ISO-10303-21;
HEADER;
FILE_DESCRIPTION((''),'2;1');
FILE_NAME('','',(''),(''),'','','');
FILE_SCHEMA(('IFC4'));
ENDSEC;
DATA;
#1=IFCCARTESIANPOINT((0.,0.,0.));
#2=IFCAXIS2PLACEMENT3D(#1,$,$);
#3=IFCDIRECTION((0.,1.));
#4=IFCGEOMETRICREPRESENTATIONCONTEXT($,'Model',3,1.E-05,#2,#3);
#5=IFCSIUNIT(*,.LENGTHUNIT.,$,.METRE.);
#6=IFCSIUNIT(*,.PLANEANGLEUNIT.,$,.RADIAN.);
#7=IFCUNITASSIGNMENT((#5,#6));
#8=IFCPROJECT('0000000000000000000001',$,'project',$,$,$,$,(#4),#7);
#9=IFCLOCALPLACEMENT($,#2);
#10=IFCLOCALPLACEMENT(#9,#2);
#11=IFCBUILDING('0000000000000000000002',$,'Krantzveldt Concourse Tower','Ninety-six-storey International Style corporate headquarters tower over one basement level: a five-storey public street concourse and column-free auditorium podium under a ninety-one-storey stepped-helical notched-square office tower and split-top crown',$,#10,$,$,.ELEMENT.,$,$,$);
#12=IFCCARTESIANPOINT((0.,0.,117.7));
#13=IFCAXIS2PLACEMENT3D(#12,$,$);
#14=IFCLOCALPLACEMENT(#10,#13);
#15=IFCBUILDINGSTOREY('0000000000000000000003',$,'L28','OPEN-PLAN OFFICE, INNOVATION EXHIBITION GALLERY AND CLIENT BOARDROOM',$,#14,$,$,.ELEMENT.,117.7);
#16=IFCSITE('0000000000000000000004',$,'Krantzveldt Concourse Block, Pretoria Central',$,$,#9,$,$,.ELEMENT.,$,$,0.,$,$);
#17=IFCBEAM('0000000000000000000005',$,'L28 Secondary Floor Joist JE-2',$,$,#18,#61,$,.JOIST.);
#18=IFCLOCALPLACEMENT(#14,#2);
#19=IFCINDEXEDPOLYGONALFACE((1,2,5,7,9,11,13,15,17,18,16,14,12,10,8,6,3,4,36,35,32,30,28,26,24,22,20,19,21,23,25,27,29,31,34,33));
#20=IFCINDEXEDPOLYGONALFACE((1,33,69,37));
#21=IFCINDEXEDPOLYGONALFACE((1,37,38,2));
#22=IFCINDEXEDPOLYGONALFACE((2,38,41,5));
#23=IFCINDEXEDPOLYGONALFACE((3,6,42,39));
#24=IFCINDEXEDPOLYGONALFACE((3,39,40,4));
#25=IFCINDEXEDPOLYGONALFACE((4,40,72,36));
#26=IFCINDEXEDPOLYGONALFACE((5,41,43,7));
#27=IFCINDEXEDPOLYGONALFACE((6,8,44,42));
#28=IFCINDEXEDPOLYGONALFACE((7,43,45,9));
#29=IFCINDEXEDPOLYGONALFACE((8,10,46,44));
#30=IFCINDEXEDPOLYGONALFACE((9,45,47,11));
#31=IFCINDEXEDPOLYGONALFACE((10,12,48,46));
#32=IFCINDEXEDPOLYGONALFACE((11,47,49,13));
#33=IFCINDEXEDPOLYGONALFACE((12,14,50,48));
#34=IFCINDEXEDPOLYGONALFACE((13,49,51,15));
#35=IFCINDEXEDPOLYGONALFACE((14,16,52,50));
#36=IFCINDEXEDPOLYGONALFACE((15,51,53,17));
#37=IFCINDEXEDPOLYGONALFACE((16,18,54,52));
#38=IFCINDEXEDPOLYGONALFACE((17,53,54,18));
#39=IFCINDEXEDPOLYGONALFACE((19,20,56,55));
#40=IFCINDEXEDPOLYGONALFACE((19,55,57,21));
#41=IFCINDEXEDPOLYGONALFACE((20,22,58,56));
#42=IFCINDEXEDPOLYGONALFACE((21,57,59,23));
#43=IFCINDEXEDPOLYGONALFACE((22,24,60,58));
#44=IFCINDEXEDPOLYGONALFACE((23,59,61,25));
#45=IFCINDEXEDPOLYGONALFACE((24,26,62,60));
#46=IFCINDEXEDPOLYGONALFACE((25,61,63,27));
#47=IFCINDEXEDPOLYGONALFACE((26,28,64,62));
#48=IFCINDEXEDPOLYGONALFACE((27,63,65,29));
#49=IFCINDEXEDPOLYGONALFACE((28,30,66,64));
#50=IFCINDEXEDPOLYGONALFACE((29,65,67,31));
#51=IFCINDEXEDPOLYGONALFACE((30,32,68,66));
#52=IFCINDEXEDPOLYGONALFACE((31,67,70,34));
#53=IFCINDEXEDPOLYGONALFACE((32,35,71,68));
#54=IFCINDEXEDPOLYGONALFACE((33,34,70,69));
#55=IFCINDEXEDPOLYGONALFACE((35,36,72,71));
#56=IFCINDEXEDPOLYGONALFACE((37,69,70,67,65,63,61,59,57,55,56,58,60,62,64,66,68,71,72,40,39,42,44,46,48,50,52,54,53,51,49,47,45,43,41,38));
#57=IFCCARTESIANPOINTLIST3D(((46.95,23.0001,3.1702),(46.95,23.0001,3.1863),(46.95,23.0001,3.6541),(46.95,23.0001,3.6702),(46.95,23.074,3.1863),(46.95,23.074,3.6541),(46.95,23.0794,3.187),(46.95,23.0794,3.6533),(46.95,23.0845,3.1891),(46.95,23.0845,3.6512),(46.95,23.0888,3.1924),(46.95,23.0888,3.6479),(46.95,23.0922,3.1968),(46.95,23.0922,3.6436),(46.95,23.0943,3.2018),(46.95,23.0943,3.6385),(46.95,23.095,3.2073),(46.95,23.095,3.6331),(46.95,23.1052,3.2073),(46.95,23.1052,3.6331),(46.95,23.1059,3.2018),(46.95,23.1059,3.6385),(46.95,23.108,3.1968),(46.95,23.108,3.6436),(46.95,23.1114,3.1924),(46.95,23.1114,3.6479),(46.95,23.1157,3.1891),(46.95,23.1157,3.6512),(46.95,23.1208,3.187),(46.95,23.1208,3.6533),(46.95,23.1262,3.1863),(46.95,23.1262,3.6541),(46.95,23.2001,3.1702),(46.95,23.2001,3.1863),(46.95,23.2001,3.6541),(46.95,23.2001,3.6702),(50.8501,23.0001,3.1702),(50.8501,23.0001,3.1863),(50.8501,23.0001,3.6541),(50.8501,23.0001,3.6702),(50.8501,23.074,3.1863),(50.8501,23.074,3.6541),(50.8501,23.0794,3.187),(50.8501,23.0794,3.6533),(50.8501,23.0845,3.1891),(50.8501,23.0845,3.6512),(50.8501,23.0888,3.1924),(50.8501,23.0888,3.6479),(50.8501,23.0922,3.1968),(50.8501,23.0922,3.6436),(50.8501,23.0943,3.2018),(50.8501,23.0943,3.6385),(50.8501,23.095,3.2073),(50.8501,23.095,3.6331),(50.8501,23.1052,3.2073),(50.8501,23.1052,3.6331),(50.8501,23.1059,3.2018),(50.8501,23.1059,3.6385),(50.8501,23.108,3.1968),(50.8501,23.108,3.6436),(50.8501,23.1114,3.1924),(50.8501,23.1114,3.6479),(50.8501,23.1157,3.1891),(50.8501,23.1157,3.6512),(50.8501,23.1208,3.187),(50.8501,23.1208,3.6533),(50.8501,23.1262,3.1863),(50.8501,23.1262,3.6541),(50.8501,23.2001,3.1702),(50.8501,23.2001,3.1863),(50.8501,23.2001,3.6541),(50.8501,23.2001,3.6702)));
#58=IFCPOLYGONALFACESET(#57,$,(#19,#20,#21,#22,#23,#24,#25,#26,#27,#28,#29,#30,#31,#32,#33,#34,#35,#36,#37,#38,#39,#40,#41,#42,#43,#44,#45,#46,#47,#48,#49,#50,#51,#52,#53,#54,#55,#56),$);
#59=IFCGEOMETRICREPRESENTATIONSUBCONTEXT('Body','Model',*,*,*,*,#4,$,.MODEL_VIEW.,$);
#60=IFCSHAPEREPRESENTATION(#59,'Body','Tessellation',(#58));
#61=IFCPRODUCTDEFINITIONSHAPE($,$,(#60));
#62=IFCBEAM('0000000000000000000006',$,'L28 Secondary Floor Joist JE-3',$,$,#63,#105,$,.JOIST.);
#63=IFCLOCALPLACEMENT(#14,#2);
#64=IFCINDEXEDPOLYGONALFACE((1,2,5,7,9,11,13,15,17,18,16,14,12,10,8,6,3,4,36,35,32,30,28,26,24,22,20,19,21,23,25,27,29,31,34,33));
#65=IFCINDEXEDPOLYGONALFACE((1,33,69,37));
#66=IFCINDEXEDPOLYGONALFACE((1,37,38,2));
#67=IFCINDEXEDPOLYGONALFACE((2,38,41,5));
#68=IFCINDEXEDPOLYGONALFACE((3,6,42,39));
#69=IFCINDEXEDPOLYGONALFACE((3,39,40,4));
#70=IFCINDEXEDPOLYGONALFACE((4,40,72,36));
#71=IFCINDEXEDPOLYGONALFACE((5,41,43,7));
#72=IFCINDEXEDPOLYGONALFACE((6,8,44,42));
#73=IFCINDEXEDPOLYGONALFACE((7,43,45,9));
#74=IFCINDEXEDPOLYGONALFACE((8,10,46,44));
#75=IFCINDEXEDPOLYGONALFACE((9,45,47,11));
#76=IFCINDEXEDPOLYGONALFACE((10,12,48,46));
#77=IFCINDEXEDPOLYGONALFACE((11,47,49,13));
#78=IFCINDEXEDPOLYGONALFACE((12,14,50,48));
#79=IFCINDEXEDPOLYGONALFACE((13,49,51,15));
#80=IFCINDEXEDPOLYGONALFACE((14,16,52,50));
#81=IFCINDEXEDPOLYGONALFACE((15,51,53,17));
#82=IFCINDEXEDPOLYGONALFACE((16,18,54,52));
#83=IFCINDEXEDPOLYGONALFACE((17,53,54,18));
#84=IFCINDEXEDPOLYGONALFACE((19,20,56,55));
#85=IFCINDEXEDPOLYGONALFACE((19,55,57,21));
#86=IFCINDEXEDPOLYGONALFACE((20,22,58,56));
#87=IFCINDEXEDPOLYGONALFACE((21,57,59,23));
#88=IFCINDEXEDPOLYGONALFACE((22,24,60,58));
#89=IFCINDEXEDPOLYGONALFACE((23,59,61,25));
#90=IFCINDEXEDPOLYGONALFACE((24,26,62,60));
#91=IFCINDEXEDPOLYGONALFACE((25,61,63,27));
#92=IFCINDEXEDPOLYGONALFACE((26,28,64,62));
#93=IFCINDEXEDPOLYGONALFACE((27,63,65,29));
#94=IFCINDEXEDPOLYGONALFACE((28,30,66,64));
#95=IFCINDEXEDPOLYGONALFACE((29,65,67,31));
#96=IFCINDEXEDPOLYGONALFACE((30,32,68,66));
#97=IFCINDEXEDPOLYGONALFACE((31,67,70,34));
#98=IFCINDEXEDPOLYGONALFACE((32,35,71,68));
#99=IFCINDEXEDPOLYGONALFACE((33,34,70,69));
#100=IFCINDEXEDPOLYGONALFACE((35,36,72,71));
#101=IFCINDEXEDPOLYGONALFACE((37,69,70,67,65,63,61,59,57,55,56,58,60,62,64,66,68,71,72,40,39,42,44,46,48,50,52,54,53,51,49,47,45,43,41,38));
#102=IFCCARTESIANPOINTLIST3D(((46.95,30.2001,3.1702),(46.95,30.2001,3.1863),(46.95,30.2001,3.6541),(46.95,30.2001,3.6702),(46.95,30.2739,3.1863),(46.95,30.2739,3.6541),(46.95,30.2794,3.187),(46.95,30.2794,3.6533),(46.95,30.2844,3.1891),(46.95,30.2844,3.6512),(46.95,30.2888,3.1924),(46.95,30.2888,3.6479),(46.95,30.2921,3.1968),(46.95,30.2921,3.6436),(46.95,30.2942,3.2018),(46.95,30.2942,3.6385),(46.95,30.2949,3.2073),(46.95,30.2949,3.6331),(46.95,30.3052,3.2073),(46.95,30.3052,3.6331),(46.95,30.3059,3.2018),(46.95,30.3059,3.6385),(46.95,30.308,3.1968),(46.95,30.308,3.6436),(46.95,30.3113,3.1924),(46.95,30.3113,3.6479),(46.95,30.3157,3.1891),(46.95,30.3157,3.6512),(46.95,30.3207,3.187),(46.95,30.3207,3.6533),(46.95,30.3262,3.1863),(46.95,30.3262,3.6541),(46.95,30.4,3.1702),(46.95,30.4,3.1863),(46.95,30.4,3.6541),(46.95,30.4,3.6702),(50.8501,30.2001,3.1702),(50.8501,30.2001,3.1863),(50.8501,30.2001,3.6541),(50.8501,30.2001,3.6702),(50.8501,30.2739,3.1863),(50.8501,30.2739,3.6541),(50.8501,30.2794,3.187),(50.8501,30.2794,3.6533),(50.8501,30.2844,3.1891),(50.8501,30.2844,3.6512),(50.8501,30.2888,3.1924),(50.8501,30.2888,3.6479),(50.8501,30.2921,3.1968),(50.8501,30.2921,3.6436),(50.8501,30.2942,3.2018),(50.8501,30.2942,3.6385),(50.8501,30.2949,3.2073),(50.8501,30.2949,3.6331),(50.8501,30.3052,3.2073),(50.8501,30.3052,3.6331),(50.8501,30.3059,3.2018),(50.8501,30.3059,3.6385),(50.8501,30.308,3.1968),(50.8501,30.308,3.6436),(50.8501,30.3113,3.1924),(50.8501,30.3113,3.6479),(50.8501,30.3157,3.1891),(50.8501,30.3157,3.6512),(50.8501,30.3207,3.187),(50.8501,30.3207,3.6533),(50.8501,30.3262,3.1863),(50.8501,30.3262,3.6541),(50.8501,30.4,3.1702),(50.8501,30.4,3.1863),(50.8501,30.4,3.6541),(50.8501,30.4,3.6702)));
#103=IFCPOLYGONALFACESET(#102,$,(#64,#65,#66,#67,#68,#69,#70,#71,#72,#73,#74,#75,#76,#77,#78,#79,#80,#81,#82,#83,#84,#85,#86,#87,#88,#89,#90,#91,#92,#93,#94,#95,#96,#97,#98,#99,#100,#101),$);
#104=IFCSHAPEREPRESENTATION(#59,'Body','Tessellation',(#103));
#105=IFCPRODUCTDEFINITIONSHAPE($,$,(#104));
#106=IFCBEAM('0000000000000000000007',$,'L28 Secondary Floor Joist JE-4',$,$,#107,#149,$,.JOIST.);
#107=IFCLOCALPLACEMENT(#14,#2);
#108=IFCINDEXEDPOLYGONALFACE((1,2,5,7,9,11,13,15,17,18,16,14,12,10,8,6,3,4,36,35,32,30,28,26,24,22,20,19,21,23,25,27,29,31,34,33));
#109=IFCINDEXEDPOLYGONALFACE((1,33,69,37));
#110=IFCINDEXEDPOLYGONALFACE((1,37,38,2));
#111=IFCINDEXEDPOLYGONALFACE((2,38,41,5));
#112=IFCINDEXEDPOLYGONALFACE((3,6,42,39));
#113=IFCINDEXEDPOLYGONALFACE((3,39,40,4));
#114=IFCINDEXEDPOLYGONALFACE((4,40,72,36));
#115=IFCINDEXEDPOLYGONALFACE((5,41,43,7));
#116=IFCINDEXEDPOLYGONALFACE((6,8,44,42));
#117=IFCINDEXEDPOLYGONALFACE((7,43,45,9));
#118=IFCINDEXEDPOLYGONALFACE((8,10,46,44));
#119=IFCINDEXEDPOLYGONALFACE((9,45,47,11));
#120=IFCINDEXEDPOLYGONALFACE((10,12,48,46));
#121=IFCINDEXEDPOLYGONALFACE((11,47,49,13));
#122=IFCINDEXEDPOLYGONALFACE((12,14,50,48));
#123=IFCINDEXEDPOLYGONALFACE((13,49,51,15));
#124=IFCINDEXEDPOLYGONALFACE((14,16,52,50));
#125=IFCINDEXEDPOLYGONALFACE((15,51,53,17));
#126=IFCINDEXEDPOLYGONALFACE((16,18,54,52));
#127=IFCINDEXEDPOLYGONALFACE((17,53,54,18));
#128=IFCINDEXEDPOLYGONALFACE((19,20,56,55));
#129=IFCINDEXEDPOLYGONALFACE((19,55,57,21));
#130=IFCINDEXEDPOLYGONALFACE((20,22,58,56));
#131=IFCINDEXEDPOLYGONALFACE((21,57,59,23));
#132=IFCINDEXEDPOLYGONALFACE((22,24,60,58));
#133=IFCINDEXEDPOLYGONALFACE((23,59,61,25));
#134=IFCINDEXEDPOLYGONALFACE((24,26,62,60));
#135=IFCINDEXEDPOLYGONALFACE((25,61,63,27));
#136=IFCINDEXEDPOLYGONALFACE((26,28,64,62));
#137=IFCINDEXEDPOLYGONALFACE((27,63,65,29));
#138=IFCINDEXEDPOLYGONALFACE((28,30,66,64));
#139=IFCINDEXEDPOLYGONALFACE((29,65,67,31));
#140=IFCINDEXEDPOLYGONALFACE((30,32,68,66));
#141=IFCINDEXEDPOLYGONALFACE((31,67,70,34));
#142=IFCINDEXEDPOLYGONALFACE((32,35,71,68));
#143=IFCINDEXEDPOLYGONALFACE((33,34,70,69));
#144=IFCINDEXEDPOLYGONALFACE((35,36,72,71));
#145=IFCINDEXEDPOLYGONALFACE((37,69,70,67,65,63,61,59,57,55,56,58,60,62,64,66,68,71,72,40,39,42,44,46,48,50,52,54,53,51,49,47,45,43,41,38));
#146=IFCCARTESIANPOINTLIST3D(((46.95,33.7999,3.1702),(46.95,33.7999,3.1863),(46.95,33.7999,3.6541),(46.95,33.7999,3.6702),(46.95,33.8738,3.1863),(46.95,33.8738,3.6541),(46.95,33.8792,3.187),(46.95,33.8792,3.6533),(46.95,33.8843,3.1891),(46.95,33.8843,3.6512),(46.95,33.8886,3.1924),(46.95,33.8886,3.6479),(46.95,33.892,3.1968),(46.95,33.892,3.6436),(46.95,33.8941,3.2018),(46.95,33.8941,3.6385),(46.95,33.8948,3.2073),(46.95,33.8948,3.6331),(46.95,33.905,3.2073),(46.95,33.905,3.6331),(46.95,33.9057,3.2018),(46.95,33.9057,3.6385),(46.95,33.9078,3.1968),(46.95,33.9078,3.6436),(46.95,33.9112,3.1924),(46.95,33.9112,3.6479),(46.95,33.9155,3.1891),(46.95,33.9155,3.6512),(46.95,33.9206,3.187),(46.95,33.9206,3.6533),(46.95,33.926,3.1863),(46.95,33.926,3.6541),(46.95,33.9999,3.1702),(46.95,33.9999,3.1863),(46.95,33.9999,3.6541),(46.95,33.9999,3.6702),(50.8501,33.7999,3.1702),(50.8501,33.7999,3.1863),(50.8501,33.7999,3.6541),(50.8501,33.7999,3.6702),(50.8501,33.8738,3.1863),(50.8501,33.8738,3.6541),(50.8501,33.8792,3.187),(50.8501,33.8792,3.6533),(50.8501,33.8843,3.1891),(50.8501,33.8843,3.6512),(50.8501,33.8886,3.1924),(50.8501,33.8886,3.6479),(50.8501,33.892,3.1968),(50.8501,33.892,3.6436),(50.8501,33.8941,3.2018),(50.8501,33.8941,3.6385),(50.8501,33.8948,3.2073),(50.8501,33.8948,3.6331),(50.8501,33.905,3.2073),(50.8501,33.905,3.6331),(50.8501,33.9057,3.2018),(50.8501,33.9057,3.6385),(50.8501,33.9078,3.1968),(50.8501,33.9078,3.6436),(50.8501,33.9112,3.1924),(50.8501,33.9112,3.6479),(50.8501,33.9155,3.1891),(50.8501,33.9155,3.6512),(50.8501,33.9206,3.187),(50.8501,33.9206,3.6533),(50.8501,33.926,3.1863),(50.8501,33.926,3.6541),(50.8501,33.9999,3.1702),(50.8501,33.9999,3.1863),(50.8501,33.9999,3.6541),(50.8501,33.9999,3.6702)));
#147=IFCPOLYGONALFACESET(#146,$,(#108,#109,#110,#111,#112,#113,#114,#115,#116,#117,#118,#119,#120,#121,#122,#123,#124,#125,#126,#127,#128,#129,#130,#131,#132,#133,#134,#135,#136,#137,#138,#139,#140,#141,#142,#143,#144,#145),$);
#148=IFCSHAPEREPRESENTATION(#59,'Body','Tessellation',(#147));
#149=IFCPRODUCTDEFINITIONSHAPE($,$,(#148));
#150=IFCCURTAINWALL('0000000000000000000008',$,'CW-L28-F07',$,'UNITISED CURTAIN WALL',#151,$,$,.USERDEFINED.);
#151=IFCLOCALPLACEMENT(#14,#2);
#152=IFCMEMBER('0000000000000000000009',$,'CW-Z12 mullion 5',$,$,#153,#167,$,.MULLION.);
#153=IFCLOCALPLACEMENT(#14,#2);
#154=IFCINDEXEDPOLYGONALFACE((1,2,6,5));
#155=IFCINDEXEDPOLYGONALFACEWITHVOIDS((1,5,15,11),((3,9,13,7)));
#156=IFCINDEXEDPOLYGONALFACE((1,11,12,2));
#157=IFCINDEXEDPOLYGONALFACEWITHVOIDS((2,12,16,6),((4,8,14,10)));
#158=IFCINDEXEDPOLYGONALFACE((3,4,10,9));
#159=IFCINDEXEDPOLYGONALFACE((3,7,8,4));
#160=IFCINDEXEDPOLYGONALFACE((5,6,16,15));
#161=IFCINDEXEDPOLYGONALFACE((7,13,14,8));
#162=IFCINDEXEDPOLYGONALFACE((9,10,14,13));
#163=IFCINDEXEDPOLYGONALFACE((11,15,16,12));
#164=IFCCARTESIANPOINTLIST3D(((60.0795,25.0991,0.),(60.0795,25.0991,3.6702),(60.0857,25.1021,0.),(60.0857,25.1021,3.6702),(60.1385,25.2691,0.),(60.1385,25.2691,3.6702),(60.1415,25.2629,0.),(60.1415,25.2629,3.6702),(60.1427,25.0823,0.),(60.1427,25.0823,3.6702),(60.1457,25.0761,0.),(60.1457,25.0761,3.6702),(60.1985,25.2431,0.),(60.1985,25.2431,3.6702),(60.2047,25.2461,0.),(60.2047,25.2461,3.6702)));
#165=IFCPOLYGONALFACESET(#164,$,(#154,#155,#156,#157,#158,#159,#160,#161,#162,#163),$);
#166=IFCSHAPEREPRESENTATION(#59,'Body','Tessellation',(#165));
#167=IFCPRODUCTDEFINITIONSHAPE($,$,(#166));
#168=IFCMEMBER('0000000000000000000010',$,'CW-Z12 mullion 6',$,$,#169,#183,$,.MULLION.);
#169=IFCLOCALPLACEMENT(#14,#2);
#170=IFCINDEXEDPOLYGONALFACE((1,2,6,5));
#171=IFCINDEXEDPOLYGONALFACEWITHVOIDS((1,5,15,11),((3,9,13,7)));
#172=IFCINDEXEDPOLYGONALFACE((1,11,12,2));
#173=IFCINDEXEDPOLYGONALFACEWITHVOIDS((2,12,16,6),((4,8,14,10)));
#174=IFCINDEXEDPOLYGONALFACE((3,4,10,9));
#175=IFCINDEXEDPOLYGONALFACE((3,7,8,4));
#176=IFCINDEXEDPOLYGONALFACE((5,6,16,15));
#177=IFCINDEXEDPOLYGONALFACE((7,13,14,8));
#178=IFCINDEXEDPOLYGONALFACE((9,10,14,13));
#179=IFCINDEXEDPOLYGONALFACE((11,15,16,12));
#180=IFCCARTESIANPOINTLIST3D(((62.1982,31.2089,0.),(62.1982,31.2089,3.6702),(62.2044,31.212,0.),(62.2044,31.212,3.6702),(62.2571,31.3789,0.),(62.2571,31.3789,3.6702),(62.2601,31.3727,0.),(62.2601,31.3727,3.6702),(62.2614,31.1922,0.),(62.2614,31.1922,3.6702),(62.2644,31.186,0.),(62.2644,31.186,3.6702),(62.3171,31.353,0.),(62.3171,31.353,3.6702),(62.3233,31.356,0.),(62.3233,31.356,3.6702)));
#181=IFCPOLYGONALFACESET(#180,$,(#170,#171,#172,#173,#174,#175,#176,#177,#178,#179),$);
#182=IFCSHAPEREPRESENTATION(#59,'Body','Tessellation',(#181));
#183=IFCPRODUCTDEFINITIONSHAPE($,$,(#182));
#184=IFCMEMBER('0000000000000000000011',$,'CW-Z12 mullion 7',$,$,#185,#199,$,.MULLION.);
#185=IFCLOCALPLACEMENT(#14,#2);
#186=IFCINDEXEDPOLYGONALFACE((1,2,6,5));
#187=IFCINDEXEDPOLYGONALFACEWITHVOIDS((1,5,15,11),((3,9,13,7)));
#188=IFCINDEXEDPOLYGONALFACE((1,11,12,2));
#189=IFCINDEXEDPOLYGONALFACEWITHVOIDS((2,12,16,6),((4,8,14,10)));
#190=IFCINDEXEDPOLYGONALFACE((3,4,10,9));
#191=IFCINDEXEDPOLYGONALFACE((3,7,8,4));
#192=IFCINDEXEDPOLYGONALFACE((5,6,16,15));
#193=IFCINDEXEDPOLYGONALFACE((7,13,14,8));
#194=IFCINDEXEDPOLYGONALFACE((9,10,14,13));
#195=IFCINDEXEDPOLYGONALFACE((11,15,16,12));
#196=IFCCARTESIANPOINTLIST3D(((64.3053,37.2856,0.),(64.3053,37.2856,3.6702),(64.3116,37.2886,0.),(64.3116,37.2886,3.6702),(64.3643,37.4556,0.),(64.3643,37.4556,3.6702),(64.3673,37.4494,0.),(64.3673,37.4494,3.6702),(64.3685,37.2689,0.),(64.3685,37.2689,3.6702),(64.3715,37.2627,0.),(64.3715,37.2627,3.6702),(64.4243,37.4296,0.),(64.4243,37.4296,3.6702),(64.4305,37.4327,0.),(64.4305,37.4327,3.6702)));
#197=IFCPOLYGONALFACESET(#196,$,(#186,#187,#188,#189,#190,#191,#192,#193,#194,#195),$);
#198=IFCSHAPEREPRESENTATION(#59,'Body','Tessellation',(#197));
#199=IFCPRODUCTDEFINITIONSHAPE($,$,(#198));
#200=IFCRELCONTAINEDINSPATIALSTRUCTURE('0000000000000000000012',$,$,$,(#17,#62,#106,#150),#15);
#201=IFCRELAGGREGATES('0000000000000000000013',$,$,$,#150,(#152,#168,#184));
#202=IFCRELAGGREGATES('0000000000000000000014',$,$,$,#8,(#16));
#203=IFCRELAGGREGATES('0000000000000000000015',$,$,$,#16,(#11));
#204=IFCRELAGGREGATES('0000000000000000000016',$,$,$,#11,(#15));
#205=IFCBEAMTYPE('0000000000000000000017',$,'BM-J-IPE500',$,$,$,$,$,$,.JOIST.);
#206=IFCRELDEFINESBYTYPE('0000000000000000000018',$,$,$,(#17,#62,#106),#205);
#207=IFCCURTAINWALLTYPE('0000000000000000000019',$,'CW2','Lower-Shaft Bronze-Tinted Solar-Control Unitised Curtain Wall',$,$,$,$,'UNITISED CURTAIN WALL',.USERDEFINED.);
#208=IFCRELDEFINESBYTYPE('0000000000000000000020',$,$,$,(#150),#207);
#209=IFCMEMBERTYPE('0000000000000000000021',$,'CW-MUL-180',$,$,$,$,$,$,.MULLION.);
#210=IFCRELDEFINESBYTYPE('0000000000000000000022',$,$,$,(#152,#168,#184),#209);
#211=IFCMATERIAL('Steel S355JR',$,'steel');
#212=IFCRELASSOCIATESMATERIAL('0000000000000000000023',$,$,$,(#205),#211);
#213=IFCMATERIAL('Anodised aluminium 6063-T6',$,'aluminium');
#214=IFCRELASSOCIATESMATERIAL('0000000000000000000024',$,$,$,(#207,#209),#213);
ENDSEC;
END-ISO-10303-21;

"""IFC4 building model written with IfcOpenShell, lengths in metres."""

from ifc_helpers import new_model, si_unit, direction, frame, origin, origin_2d, place, context, subcontext, project, spatial, hollow_rectangle, i_section, extrude, source, transform, mapped, material, material_profile, profile_set, type_object, type_shapes, element, aggregate, save


model = new_model("IFC4")

# Units and contexts
model_context = context("Model", 3, precision=1e-05, world=origin(), true_north=direction((0.0, 1.0)))
body_context = subcontext(model_context, "Body", "Model", "MODEL_VIEW")
ifc_project = project(units=[si_unit("LENGTHUNIT", "METRE"), si_unit("PLANEANGLEUNIT", "RADIAN")], contexts=[model_context])

# Site, building, storey
site_placement = place(None, origin())
site = spatial("IfcSite", under=ifc_project, at=site_placement, Name="Krantzveldt Concourse Block, Pretoria Central", CompositionType="ELEMENT", RefElevation=0.0)
building_placement = place(site_placement, origin())
building = spatial("IfcBuilding", under=site, at=building_placement, Name="Krantzveldt Concourse Tower", Description="Ninety-six-storey International Style corporate headquarters tower over one basement level: a five-storey public street concourse and column-free auditorium podium under a ninety-one-storey stepped-helical notched-square office tower and split-top crown", CompositionType="ELEMENT")
storey_placement = place(building_placement, frame((0.0, 0.0, 117.7)))
storey = spatial("IfcBuildingStorey", under=building, at=storey_placement, Name="L28", Description="OPEN-PLAN OFFICE, INNOVATION EXHIBITION GALLERY AND CLIENT BOARDROOM", CompositionType="ELEMENT", Elevation=117.7)

# Beams
ifc_material_1 = material(Name="Steel S355JR", Category="steel")
ifc_material_profile_1 = material_profile(ifc_material_1, i_section(OverallWidth=0.2, OverallDepth=0.5, WebThickness=0.0103, FlangeThickness=0.0161, FilletRadius=0.021, at=origin_2d()), Name="Steel S355JR", Category="steel")
ifc_profile_set_1 = profile_set([ifc_material_profile_1], Name="Steel S355JR - IPE 500")
beam_type_1 = type_object("IfcBeamType", Name="BM-J-IPE500", PredefinedType="JOIST", material=ifc_profile_set_1)
shared_shape_1 = source(origin(), body_context, "Body", "SweptSolid", [
    extrude(i_section(OverallWidth=0.2, OverallDepth=0.5, WebThickness=0.0103, FlangeThickness=0.0161, FilletRadius=0.021, at=origin_2d()), origin(), (0.0, 0.0, 1.0), 3.9001),
])
type_shapes(beam_type_1, [shared_shape_1])
for number, where, z_axis, x_axis, name in (
    (1, (46.95, 23.1001, 3.4202), (1.0, 0.0, 0.0), (0.0, 1.0, 0.0), "L28 Secondary Floor Joist JE-2"),
    (2, (46.95, 30.3, 3.4202), (1.0, 0.0, 0.0), (0.0, 1.0, 0.0), "L28 Secondary Floor Joist JE-3"),
    (3, (46.95, 33.8999, 3.4202), (1.0, 0.0, 0.0), (0.0, 1.0, 0.0), "L28 Secondary Floor Joist JE-4"),
):
    element("IfcBeam", number, at=place(storey_placement, frame(where, z_axis=z_axis, x_axis=x_axis)), inside=storey, type_object=beam_type_1, Name=name, PredefinedType="JOIST", context=body_context, shape_type="MappedRepresentation", body=[
        mapped(shared_shape_1, transform((0.0, 0.0, 0.0), x_axis=(1.0, 0.0, 0.0), y_axis=(0.0, 1.0, 0.0), z_axis=(0.0, 0.0, 1.0), scale=1.0)),
    ])

# Curtain wall, members
ifc_material_2 = material(Name="Anodised aluminium 6063-T6", Category="aluminium")
curtain_wall_type = type_object("IfcCurtainWallType", Name="CW2", Description="Lower-Shaft Bronze-Tinted Solar-Control Unitised Curtain Wall", ElementType="UNITISED CURTAIN WALL", PredefinedType="USERDEFINED", material=ifc_material_2)
curtain_wall_1_placement = place(storey_placement, origin())
curtain_wall_1 = element("IfcCurtainWall", 4, at=curtain_wall_1_placement, inside=storey, type_object=curtain_wall_type, Name="CW-L28-F07", ObjectType="UNITISED CURTAIN WALL", PredefinedType="USERDEFINED")
ifc_material_profile_2 = material_profile(ifc_material_2, hollow_rectangle(XDim=0.0701, YDim=0.1799, WallThickness=0.0049, at=origin_2d()), Name="Anodised aluminium 6063-T6", Category="aluminium")
ifc_profile_set_2 = profile_set([ifc_material_profile_2], Name="Anodised aluminium 6063-T6 - ALU-MULL 180x70x5")
member_type_1 = type_object("IfcMemberType", Name="CW-MUL-180", PredefinedType="MULLION", material=ifc_profile_set_2)
shared_shape_2 = source(origin(), body_context, "Body", "SweptSolid", [
    extrude(hollow_rectangle(XDim=0.0701, YDim=0.1799, WallThickness=0.0049, at=origin_2d()), origin(), (0.0, 0.0, 1.0), 3.6702),
])
type_shapes(member_type_1, [shared_shape_2])
member_1_placement = place(storey_placement, frame((60.1421, 25.1726, 0.0), z_axis=(0.0, 0.0, 1.0), x_axis=(-0.944806, 0.32763, 0.0)))
member_1 = element("IfcMember", 5, at=member_1_placement, type_object=member_type_1, Name="CW-Z12 mullion 5", PredefinedType="MULLION", context=body_context, shape_type="MappedRepresentation", body=[
    mapped(shared_shape_2, transform((0.0, 0.0, 0.0), x_axis=(1.0, 0.0, 0.0), y_axis=(0.0, 1.0, 0.0), z_axis=(0.0, 0.0, 1.0), scale=1.0)),
])
member_2_placement = place(storey_placement, frame((62.2607, 31.2825, 0.0), z_axis=(0.0, 0.0, 1.0), x_axis=(-0.944806, 0.32763, 0.0)))
member_2 = element("IfcMember", 6, at=member_2_placement, type_object=member_type_1, Name="CW-Z12 mullion 6", PredefinedType="MULLION", context=body_context, shape_type="MappedRepresentation", body=[
    mapped(shared_shape_2, transform((0.0, 0.0, 0.0), x_axis=(1.0, 0.0, 0.0), y_axis=(0.0, 1.0, 0.0), z_axis=(0.0, 0.0, 1.0), scale=1.0)),
])
member_3_placement = place(storey_placement, frame((64.3679, 37.3591, 0.0), z_axis=(0.0, 0.0, 1.0), x_axis=(-0.944806, 0.32763, 0.0)))
member_3 = element("IfcMember", 7, at=member_3_placement, type_object=member_type_1, Name="CW-Z12 mullion 7", PredefinedType="MULLION", context=body_context, shape_type="MappedRepresentation", body=[
    mapped(shared_shape_2, transform((0.0, 0.0, 0.0), x_axis=(1.0, 0.0, 0.0), y_axis=(0.0, 1.0, 0.0), z_axis=(0.0, 0.0, 1.0), scale=1.0)),
])

aggregate(curtain_wall_1, [member_1, member_2, member_3])

save(model, "model.ifc")
